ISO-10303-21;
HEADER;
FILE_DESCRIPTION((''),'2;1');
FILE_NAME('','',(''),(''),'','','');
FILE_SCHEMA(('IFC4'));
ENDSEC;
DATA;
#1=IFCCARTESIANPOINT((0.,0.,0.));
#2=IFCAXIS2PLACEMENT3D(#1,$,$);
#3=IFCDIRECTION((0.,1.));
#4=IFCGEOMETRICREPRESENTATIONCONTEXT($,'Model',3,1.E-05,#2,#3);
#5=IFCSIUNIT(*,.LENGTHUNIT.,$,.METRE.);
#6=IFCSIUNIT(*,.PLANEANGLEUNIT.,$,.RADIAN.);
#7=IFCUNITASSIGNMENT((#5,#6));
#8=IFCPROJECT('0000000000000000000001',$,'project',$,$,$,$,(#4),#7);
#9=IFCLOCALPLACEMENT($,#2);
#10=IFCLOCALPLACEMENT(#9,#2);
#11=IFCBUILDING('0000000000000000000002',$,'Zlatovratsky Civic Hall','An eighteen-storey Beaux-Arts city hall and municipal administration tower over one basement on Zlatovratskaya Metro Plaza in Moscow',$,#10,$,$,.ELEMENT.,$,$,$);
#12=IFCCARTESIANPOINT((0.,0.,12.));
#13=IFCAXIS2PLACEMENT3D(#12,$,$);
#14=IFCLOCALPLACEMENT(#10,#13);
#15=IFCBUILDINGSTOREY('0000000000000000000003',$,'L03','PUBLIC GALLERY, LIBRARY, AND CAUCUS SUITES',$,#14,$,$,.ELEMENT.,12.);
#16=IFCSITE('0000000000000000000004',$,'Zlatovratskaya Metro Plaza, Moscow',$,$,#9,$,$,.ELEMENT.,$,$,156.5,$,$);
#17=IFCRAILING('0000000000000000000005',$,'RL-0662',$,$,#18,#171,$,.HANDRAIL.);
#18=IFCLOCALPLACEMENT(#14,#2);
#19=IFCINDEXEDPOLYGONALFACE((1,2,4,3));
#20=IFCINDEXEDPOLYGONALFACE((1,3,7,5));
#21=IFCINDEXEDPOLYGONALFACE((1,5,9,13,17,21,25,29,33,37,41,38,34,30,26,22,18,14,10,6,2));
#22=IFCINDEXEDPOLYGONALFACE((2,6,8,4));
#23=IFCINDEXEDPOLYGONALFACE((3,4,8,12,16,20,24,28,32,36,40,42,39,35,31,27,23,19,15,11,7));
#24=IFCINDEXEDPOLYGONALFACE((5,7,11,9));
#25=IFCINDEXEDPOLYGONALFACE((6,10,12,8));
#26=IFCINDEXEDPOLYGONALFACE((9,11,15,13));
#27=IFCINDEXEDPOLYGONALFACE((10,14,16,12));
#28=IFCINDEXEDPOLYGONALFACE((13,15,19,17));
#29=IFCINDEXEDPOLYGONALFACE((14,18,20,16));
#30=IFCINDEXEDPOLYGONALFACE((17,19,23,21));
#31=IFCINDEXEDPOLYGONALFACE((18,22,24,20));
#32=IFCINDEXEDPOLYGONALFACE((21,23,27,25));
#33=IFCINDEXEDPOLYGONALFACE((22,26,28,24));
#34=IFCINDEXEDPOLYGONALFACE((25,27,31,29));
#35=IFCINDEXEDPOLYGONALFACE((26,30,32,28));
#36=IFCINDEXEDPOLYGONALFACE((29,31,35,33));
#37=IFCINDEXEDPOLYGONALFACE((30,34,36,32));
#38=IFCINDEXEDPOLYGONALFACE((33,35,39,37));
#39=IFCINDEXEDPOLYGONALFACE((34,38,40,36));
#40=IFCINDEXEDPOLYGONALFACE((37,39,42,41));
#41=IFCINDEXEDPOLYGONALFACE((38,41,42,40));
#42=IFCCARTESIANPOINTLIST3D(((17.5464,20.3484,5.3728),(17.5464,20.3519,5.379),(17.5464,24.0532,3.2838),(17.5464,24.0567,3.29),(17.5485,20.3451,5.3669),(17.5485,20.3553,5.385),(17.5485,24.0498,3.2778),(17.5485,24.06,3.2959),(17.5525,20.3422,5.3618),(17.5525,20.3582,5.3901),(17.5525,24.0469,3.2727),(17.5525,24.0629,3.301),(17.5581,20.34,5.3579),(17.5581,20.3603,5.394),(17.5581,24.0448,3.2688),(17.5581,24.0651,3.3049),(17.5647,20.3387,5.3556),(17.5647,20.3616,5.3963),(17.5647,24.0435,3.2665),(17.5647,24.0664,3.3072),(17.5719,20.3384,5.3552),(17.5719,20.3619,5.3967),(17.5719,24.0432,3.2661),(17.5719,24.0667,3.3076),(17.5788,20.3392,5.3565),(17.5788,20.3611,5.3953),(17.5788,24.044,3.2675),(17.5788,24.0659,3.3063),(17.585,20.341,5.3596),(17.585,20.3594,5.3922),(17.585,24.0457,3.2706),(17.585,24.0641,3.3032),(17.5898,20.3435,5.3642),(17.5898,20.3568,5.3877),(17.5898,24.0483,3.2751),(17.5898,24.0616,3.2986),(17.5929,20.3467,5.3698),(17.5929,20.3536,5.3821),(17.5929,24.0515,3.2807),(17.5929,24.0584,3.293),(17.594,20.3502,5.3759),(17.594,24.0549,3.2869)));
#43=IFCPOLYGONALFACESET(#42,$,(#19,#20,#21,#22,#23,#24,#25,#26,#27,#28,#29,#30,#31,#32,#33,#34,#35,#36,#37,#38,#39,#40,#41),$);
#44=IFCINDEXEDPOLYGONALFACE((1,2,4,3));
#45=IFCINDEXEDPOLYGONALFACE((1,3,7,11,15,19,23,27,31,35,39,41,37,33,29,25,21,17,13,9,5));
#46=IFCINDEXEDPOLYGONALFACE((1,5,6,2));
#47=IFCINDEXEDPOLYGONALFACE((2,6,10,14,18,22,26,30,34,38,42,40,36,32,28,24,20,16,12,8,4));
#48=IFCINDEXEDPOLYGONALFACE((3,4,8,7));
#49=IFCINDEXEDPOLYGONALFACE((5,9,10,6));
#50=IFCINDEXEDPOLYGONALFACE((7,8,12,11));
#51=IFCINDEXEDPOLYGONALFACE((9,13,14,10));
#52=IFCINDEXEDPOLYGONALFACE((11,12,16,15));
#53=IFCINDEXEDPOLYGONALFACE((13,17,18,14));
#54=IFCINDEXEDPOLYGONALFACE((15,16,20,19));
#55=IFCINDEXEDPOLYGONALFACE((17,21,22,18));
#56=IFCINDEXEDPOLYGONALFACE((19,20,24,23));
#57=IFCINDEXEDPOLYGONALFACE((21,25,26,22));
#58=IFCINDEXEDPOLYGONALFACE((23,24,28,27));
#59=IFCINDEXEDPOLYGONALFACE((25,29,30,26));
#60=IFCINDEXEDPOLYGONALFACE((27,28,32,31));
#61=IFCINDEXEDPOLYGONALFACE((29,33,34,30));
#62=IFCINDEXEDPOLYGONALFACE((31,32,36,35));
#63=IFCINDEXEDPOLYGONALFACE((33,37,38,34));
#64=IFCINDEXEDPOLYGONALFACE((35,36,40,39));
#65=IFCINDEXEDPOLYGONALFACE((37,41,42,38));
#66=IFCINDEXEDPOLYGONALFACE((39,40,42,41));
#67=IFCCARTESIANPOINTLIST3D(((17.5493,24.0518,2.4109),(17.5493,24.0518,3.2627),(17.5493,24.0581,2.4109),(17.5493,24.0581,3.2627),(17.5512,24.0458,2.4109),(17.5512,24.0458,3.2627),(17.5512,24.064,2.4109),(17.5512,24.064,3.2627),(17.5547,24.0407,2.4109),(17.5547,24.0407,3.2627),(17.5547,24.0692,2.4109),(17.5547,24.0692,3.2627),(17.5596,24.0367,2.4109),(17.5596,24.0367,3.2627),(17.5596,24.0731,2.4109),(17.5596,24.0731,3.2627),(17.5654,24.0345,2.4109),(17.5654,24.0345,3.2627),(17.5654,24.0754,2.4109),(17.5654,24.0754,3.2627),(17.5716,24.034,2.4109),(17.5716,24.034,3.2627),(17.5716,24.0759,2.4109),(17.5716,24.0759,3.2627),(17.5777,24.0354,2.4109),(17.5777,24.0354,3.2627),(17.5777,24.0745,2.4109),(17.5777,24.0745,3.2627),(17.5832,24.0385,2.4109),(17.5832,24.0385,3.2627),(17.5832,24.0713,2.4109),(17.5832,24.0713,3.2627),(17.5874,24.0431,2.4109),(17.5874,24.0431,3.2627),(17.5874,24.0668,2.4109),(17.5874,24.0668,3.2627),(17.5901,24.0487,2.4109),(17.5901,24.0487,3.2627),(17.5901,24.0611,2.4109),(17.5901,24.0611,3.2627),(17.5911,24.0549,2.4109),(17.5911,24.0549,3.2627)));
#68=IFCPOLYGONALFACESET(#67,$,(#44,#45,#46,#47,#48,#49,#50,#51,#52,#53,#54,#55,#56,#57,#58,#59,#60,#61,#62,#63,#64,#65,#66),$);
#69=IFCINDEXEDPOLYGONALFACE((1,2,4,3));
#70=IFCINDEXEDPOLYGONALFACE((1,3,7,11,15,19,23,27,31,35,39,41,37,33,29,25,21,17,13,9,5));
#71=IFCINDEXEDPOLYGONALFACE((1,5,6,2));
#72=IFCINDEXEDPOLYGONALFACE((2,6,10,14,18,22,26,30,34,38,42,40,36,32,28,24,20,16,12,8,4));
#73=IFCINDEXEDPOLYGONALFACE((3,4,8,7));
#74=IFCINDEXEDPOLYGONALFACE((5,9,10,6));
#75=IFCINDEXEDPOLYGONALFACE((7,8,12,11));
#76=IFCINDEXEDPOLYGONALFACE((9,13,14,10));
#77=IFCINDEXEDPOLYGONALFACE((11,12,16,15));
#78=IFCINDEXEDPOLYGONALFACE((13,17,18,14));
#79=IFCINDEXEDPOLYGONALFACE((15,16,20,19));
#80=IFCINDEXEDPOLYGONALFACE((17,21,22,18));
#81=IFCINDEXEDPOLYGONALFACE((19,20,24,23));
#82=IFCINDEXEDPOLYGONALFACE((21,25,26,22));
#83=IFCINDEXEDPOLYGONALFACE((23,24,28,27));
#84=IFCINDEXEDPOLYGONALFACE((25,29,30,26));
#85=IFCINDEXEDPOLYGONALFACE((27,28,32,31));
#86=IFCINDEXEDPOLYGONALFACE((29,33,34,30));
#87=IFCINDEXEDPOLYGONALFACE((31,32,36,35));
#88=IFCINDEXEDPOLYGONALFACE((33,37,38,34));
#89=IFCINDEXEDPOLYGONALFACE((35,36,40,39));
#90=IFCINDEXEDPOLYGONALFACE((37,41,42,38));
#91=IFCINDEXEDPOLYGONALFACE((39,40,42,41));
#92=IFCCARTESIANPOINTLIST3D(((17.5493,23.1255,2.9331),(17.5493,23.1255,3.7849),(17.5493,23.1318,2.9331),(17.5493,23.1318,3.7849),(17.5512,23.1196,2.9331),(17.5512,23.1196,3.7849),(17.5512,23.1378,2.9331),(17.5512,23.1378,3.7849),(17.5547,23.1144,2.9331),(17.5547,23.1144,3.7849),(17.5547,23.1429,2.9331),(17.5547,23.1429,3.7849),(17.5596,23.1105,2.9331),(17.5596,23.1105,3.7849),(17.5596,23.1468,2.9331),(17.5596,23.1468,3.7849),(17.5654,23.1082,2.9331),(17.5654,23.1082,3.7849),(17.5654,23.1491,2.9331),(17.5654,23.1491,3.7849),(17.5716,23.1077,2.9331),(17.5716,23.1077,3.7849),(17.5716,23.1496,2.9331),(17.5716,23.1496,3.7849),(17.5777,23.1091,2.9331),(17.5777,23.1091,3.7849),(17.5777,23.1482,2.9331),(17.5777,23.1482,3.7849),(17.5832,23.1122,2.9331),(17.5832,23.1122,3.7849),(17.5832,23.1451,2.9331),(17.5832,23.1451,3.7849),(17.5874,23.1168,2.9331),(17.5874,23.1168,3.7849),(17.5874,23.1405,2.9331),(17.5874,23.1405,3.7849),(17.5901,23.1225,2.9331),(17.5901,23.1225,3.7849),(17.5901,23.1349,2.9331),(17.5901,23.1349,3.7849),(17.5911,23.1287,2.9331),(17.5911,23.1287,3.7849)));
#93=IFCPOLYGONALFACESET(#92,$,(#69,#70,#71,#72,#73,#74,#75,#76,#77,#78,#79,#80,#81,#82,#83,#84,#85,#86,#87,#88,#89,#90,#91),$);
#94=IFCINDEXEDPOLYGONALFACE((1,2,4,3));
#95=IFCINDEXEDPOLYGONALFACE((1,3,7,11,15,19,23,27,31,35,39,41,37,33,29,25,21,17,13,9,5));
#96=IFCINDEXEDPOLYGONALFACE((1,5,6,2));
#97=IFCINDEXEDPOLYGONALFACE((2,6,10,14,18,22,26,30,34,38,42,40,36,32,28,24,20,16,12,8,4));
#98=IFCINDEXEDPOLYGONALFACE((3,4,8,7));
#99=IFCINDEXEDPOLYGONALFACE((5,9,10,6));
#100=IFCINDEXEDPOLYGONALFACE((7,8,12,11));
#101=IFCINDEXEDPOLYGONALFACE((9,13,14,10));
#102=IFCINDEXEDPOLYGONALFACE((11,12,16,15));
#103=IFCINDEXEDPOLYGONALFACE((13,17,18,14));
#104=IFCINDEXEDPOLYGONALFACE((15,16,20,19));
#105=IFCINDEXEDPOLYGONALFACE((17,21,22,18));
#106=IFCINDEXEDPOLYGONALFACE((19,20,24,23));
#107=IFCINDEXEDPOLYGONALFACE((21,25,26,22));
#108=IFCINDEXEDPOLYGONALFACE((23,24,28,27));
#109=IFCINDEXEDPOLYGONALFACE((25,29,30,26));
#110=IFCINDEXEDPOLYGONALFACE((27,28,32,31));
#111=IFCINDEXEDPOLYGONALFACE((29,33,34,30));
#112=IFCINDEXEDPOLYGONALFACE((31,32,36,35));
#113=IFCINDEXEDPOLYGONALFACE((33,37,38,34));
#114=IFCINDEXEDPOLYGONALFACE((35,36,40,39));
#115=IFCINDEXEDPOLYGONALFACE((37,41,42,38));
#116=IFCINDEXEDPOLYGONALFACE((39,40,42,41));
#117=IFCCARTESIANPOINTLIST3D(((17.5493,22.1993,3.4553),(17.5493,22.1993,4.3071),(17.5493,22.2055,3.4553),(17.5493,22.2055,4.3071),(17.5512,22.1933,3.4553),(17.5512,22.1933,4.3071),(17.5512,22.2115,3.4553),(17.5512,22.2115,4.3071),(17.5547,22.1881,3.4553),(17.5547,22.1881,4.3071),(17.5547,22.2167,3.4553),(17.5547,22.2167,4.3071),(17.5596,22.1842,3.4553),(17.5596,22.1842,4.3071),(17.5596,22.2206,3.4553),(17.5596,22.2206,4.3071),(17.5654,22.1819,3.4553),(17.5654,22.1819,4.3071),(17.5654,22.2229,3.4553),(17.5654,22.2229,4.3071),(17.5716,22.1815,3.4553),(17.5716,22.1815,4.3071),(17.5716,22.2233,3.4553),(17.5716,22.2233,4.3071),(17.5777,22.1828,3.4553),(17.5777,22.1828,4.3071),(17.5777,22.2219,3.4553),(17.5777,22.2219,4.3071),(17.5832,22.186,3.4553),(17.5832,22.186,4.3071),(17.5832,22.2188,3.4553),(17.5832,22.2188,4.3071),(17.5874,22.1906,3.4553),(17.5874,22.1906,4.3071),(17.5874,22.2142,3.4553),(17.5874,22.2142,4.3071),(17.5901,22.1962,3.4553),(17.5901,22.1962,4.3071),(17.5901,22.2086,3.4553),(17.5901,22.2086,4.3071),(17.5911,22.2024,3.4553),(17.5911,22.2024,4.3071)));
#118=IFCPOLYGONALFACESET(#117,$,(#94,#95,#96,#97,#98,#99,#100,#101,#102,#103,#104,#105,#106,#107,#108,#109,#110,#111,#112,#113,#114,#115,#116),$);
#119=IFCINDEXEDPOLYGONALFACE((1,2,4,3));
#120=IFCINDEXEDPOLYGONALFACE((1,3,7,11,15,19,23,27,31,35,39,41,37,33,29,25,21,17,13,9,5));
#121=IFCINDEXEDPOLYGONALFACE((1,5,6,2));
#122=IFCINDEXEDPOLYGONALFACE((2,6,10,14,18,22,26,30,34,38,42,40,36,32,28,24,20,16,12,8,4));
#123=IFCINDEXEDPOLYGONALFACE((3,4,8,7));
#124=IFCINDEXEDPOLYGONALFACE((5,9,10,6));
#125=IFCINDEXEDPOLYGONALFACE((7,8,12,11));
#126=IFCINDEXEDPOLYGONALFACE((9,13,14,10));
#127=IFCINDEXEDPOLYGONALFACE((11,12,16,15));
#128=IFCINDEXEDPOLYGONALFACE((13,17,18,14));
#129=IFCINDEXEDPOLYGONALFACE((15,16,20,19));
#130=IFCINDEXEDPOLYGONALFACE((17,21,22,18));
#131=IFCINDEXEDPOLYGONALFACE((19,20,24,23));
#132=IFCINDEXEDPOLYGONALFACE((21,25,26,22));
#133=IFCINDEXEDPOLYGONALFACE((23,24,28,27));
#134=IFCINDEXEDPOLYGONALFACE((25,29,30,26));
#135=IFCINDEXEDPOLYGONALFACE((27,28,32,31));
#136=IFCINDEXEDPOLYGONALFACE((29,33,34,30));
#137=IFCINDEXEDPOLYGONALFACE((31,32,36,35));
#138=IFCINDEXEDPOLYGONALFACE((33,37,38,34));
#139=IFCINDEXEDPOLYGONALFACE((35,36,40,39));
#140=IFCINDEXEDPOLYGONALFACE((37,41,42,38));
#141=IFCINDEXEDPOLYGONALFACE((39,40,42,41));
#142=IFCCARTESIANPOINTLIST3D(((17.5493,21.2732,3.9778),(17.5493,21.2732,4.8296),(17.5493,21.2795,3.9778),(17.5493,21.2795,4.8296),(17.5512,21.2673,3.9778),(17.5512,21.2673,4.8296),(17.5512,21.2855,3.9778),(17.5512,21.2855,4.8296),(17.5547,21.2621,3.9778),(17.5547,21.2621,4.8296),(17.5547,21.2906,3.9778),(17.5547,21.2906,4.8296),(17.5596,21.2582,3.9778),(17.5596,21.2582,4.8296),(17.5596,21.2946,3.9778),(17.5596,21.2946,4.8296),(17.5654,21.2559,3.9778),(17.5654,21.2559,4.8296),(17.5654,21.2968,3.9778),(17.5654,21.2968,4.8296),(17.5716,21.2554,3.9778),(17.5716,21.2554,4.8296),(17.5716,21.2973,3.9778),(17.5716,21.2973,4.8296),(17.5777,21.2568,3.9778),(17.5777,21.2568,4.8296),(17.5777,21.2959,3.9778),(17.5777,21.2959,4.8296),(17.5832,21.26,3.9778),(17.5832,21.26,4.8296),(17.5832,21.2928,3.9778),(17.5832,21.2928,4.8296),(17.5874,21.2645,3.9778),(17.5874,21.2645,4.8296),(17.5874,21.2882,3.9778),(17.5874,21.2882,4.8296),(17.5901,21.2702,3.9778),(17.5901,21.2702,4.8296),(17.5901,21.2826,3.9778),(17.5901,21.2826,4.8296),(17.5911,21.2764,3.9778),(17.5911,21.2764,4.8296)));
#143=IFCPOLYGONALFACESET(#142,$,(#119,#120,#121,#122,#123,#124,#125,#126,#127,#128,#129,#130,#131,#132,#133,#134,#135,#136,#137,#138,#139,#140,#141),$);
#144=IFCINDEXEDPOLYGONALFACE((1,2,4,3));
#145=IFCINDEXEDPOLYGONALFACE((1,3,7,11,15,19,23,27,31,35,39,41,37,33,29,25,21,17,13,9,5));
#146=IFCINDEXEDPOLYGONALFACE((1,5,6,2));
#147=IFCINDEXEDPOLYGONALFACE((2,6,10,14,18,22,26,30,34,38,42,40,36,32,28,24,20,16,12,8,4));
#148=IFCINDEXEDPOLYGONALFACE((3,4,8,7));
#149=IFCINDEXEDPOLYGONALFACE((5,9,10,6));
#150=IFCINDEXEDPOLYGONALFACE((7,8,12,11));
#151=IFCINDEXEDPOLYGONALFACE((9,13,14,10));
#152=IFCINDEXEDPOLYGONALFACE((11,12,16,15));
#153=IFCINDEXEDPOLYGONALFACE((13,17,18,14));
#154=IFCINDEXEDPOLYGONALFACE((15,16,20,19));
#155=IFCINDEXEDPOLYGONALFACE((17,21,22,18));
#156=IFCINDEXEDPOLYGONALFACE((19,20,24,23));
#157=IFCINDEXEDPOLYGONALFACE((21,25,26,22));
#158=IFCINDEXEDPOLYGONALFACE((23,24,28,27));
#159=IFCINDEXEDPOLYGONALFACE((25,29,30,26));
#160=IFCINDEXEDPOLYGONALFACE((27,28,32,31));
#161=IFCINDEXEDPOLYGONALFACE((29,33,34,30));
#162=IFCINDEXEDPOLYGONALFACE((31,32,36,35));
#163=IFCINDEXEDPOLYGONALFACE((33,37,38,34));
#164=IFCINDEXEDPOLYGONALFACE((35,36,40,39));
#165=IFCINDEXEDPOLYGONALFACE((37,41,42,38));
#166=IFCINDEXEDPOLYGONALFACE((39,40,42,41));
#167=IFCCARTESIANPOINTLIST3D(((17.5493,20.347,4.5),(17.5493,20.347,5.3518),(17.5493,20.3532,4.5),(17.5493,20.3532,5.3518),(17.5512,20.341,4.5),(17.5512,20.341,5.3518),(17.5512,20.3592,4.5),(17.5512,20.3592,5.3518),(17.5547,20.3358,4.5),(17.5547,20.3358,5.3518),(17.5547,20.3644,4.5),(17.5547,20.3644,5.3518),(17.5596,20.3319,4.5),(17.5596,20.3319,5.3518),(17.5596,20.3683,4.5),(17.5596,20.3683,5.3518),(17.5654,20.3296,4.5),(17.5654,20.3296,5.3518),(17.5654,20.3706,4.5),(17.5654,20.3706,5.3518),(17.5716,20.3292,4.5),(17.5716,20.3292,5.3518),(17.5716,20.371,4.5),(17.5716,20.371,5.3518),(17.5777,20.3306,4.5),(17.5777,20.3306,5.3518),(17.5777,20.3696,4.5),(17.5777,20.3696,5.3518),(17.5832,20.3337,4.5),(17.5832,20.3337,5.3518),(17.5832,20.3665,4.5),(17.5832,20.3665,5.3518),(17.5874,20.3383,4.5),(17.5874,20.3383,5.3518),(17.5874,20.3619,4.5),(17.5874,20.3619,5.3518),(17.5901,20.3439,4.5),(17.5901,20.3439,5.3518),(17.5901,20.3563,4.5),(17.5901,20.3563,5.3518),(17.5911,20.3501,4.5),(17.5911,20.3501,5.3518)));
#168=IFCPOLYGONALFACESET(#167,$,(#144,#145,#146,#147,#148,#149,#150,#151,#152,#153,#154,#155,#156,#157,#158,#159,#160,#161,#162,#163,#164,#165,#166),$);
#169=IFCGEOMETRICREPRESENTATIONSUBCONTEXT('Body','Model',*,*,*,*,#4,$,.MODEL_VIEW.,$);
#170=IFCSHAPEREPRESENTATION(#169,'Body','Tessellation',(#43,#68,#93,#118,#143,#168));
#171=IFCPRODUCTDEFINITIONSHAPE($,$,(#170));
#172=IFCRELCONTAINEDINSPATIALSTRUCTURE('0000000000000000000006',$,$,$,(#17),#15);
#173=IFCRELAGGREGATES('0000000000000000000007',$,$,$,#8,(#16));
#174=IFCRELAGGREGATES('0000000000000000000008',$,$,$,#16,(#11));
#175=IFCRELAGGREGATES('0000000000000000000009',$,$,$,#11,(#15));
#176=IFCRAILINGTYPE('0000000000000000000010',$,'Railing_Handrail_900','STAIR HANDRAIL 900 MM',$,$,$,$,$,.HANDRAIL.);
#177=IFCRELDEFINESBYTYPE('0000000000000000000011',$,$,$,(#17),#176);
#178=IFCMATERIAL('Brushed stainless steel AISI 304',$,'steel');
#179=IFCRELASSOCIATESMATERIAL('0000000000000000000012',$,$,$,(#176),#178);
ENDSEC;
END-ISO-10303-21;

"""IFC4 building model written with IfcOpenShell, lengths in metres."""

from ifc_helpers import new_model, si_unit, direction, frame, origin, origin_2d, place, context, subcontext, project, spatial, circle, extrude, material, type_object, element, save


model = new_model("IFC4")

# Units and contexts
model_context = context("Model", 3, precision=1e-05, world=origin(), true_north=direction((0.0, 1.0)))
body_context = subcontext(model_context, "Body", "Model", "MODEL_VIEW")
ifc_project = project(units=[si_unit("LENGTHUNIT", "METRE"), si_unit("PLANEANGLEUNIT", "RADIAN")], contexts=[model_context])

# Site, building, storey
site_placement = place(None, origin())
site = spatial("IfcSite", under=ifc_project, at=site_placement, Name="Zlatovratskaya Metro Plaza, Moscow", CompositionType="ELEMENT", RefElevation=156.5)
building_placement = place(site_placement, origin())
building = spatial("IfcBuilding", under=site, at=building_placement, Name="Zlatovratsky Civic Hall", Description="An eighteen-storey Beaux-Arts city hall and municipal administration tower over one basement on Zlatovratskaya Metro Plaza in Moscow", CompositionType="ELEMENT")
storey_placement = place(building_placement, frame((0.0, 0.0, 12.0)))
storey = spatial("IfcBuildingStorey", under=building, at=storey_placement, Name="L03", Description="PUBLIC GALLERY, LIBRARY, AND CAUCUS SUITES", CompositionType="ELEMENT", Elevation=12.0)

# Railing
ifc_material_1 = material(Name="Brushed stainless steel AISI 304", Category="steel")
railing_type_1 = type_object("IfcRailingType", Name="Railing_Handrail_900", Description="STAIR HANDRAIL 900 MM", PredefinedType="HANDRAIL", material=ifc_material_1)
railing_1_placement = place(storey_placement, frame((17.5701, 24.0549, 2.4109)))
element("IfcRailing", 1, at=railing_1_placement, inside=storey, type_object=railing_type_1, Name="RL-0662", PredefinedType="HANDRAIL", context=body_context, shape_type="SweptSolid", body=[
    extrude(circle(Radius=0.0239, at=origin_2d()), frame((0.0, 0.0, 0.876), z_axis=(0.0, -0.871058, 0.491179), x_axis=(1.0, 0.0, 0.0)), (0.0, 0.0, 1.0), 4.2532),
    extrude(circle(Radius=0.021, at=origin_2d()), origin(), (0.0, 0.0, 1.0), 0.8518),
    extrude(circle(Radius=0.021, at=origin_2d()), frame((0.0, -0.9263, 0.5222)), (0.0, 0.0, 1.0), 0.8518),
    extrude(circle(Radius=0.021, at=origin_2d()), frame((0.0, -1.8525, 1.0444)), (0.0, 0.0, 1.0), 0.8518),
    extrude(circle(Radius=0.021, at=origin_2d()), frame((0.0, -2.7786, 1.5669)), (0.0, 0.0, 1.0), 0.8518),
    extrude(circle(Radius=0.021, at=origin_2d()), frame((0.0, -3.7048, 2.0891)), (0.0, 0.0, 1.0), 0.8518),
])

save(model, "model.ifc")
